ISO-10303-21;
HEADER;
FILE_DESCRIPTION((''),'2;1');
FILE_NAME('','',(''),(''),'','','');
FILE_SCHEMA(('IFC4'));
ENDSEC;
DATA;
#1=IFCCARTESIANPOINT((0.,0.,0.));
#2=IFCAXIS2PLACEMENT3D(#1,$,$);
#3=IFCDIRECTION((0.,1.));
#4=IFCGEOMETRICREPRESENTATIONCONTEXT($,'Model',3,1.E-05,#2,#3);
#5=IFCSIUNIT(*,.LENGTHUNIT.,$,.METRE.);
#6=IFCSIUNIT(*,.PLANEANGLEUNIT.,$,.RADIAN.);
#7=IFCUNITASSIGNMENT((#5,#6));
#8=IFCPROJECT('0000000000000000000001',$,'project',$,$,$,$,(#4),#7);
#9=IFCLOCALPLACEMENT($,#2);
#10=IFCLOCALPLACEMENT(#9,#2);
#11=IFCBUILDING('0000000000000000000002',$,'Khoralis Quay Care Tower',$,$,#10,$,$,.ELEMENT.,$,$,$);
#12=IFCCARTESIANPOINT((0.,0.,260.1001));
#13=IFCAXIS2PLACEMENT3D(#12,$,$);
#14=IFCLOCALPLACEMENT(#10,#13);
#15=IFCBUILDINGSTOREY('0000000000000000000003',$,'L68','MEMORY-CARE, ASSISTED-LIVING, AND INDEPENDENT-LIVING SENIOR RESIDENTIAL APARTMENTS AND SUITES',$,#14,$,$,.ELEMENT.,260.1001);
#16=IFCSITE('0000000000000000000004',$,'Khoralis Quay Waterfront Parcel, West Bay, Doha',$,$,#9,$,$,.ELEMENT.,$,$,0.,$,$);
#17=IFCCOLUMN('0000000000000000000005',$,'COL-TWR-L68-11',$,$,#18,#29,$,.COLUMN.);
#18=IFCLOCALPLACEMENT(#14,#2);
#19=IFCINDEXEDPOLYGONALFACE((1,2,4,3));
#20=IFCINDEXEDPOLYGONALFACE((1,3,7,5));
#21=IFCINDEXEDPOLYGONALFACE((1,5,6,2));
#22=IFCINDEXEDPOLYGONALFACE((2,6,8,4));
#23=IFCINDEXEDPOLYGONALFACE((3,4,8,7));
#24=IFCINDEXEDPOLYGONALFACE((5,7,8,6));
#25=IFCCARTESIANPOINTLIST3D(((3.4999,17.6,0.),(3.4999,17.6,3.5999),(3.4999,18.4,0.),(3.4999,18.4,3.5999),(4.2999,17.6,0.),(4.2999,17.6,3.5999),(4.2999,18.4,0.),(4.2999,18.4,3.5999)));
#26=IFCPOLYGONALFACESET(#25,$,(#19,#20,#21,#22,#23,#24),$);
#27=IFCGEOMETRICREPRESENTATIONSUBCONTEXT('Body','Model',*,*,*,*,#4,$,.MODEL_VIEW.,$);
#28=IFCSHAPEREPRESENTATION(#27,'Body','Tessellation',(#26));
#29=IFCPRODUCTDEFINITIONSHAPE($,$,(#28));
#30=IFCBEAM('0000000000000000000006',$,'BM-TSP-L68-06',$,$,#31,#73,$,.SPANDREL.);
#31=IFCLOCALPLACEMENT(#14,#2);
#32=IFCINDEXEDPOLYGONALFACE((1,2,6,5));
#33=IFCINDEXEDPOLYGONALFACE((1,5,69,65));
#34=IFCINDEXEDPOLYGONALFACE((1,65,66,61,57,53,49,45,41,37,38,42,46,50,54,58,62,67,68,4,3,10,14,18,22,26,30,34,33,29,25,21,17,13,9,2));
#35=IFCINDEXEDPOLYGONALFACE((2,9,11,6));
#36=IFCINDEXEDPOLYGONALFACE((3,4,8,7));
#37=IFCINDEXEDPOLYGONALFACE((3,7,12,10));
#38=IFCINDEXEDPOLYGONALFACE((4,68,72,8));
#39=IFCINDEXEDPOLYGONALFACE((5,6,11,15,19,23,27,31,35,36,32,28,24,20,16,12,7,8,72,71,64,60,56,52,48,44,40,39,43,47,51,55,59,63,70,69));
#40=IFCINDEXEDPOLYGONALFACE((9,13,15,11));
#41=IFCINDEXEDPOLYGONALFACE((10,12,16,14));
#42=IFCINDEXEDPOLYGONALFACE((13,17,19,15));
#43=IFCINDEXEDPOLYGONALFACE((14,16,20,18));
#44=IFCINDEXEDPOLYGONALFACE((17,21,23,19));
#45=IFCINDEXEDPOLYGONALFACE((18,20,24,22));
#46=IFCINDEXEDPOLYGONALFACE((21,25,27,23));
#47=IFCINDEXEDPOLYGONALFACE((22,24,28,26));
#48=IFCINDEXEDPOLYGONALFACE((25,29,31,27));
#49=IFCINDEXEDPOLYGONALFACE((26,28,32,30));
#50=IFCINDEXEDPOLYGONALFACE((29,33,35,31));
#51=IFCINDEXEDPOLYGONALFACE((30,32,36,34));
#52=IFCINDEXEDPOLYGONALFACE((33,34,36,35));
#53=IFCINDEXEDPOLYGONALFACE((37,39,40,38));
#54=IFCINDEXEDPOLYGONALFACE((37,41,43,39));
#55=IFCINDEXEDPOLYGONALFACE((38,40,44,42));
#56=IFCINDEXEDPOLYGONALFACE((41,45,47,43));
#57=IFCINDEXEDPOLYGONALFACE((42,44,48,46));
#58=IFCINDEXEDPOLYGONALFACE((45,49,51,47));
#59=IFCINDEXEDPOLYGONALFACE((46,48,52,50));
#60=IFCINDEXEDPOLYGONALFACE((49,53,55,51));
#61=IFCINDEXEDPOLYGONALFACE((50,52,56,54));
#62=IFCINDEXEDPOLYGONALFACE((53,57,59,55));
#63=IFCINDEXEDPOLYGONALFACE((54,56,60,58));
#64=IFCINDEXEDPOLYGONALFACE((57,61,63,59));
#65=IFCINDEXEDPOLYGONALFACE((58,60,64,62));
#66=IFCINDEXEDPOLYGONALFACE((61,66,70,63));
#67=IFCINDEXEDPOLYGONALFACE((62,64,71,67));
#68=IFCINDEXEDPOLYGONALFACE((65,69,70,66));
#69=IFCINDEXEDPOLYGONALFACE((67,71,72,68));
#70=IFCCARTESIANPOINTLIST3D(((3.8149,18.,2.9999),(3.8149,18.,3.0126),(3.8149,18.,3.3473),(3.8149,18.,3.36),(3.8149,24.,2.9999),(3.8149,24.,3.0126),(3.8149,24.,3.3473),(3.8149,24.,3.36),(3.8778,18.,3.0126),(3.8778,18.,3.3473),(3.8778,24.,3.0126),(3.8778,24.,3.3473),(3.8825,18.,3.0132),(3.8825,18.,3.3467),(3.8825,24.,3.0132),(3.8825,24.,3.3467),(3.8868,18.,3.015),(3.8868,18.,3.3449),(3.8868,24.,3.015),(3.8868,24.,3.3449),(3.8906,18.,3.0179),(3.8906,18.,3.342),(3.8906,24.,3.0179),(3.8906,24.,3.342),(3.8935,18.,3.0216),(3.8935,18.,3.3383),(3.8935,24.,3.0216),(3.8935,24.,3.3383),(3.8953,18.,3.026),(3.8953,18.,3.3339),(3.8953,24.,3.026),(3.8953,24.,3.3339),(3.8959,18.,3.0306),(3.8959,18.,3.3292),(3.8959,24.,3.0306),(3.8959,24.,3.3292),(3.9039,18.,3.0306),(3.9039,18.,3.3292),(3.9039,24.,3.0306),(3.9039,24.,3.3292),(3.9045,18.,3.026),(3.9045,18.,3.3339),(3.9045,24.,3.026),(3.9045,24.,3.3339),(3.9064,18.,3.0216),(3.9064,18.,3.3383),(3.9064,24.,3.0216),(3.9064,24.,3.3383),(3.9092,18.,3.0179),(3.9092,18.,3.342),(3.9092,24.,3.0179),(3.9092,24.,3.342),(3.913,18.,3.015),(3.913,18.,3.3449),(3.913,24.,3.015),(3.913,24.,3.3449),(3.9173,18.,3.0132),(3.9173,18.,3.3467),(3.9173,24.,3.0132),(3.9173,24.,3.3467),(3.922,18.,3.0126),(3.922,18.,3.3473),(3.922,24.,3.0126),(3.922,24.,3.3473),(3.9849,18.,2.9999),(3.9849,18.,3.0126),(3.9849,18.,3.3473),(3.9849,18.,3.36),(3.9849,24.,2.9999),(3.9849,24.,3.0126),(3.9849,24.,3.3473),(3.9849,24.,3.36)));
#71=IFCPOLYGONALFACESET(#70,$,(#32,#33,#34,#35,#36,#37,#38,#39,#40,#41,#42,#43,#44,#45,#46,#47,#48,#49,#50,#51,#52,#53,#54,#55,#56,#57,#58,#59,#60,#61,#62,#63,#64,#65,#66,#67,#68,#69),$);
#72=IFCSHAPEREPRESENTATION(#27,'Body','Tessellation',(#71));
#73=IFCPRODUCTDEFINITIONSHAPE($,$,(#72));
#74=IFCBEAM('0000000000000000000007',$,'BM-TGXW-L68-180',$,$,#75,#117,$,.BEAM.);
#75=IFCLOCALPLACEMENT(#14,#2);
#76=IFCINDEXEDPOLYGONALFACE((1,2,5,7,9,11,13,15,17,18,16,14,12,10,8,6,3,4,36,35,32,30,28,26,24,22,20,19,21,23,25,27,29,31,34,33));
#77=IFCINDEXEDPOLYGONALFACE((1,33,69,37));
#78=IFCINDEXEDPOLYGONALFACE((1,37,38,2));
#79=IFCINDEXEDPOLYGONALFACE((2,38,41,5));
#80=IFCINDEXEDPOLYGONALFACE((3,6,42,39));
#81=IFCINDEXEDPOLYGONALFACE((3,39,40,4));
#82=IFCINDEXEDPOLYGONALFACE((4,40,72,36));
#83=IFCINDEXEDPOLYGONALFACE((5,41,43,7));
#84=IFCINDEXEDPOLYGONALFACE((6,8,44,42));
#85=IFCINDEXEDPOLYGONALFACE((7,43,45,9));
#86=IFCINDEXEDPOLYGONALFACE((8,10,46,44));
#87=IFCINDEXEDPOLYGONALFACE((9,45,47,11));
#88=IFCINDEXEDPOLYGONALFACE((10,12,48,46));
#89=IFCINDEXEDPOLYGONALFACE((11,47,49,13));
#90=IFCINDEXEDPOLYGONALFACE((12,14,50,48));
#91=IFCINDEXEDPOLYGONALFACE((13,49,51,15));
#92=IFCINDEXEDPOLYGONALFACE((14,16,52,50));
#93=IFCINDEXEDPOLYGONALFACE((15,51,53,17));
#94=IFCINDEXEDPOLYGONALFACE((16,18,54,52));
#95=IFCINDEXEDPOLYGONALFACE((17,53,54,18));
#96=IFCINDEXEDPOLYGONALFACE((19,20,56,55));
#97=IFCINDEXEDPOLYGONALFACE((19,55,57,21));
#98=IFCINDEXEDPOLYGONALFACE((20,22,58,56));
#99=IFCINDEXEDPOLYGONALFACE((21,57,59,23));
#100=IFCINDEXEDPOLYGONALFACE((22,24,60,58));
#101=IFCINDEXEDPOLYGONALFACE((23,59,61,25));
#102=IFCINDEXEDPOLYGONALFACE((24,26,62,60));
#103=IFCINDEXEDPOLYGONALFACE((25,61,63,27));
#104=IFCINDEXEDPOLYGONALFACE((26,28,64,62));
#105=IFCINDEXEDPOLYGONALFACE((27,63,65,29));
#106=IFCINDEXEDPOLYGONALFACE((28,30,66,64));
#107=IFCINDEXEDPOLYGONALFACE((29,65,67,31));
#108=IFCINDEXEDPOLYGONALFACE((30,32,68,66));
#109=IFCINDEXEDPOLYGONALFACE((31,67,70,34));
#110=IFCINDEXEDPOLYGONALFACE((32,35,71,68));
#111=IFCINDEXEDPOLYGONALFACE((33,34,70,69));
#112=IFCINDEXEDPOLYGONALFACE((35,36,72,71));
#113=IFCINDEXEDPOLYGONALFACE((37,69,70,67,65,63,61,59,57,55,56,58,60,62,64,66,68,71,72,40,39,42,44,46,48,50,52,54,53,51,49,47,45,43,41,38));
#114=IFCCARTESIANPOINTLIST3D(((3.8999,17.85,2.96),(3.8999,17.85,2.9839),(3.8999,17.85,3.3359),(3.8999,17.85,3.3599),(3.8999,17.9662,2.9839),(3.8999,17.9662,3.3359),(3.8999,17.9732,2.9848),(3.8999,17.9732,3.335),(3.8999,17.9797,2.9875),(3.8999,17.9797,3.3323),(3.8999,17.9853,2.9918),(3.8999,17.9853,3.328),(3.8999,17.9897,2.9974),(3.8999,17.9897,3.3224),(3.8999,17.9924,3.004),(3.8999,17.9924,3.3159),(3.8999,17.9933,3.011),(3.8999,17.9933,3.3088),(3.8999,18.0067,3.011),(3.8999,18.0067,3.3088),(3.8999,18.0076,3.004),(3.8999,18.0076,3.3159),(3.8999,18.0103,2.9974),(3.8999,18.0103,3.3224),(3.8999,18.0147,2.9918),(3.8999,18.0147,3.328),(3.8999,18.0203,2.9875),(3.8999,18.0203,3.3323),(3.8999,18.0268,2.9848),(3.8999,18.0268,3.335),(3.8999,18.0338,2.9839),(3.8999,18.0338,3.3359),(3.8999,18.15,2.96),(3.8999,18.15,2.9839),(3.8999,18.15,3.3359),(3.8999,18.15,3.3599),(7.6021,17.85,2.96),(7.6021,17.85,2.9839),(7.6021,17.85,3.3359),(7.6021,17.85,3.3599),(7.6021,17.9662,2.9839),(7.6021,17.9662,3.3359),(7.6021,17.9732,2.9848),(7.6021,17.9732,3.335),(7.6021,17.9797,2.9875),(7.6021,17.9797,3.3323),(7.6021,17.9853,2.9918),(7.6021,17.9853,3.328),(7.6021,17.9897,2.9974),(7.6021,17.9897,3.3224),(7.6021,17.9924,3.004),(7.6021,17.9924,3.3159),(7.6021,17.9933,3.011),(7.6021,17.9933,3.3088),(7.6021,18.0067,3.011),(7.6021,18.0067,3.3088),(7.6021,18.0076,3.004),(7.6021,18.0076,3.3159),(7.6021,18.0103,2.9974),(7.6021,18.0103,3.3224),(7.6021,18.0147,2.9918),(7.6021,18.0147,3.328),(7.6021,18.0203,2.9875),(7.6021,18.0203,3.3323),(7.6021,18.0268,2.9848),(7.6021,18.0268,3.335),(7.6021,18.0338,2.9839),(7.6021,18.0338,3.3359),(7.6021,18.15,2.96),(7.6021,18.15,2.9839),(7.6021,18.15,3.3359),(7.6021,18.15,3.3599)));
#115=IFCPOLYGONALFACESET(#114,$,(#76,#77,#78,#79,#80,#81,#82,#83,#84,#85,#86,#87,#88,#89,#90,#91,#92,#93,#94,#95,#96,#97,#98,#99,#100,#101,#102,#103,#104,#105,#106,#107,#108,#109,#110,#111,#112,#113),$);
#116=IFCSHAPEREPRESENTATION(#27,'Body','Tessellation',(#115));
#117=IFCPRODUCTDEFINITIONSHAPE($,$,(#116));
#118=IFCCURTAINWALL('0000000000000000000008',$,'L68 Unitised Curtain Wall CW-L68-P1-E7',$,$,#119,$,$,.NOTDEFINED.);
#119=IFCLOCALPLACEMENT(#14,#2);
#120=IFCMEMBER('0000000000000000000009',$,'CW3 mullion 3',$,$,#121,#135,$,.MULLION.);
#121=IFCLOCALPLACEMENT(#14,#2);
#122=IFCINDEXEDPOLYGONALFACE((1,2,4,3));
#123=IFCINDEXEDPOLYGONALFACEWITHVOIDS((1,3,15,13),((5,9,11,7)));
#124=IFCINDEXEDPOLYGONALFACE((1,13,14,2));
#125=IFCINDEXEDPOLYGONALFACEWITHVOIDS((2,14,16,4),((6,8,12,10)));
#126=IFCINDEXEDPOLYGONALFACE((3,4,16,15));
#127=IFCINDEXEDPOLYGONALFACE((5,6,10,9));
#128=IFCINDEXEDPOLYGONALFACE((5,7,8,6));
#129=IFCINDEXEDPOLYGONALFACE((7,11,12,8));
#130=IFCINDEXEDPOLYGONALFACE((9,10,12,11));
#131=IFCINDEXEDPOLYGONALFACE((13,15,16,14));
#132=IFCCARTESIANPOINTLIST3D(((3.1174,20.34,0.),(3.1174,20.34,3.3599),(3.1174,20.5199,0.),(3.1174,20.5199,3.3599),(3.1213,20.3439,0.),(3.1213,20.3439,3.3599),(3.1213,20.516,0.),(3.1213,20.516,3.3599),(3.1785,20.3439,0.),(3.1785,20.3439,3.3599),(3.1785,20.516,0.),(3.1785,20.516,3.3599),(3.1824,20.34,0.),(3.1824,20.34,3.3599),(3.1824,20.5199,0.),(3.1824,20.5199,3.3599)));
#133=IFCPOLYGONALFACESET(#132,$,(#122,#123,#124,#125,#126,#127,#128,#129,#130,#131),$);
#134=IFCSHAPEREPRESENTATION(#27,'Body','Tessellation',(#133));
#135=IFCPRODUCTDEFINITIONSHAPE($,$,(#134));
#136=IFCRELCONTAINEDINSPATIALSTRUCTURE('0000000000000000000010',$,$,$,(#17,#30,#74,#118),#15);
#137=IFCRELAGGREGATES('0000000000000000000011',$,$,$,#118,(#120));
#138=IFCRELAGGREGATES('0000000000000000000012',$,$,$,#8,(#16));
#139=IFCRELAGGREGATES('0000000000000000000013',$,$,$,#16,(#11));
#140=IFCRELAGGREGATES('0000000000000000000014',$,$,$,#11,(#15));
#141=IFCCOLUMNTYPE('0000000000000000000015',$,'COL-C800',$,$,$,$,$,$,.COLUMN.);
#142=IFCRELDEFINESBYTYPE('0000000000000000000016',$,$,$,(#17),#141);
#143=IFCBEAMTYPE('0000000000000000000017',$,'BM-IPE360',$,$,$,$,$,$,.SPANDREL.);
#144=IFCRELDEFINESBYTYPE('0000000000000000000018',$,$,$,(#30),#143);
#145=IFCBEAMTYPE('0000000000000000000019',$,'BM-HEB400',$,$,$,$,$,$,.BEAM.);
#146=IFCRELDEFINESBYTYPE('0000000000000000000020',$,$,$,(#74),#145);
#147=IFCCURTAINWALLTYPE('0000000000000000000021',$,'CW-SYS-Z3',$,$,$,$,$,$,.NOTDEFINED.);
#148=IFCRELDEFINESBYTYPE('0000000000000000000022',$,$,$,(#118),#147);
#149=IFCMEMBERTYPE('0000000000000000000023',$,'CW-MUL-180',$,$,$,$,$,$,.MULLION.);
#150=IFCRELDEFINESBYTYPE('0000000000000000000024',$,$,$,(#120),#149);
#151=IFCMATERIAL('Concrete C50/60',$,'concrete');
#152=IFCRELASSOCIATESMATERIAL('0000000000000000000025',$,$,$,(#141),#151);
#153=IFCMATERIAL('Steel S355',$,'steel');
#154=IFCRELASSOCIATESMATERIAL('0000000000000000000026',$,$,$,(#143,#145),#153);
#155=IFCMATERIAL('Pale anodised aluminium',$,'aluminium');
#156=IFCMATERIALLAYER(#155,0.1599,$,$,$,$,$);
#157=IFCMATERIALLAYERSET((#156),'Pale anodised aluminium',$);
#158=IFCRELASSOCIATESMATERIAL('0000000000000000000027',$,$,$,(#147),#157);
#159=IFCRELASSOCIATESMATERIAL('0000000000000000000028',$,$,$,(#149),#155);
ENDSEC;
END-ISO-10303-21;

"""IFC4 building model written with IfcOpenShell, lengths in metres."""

from ifc_helpers import new_model, si_unit, direction, frame, origin, origin_2d, place, context, subcontext, project, spatial, rectangle, hollow_rectangle, i_section, extrude, source, transform, mapped, material, layer, layer_set, material_profile, profile_set, type_object, element, aggregate, save


model = new_model("IFC4")

# Units and contexts
model_context = context("Model", 3, precision=1e-05, world=origin(), true_north=direction((0.0, 1.0)))
body_context = subcontext(model_context, "Body", "Model", "MODEL_VIEW")
ifc_project = project(units=[si_unit("LENGTHUNIT", "METRE"), si_unit("PLANEANGLEUNIT", "RADIAN")], contexts=[model_context])

# Site, building, storey
site_placement = place(None, origin())
site = spatial("IfcSite", under=ifc_project, at=site_placement, Name="Khoralis Quay Waterfront Parcel, West Bay, Doha", CompositionType="ELEMENT", RefElevation=0.0)
building_placement = place(site_placement, origin())
building = spatial("IfcBuilding", under=site, at=building_placement, Name="Khoralis Quay Care Tower", CompositionType="ELEMENT")
storey_placement = place(building_placement, frame((0.0, 0.0, 260.1001)))
storey = spatial("IfcBuildingStorey", under=building, at=storey_placement, Name="L68", Description="MEMORY-CARE, ASSISTED-LIVING, AND INDEPENDENT-LIVING SENIOR RESIDENTIAL APARTMENTS AND SUITES", CompositionType="ELEMENT", Elevation=260.1001)

# Column
ifc_material_1 = material(Name="Concrete C50/60", Category="concrete")
ifc_material_profile_1 = material_profile(ifc_material_1, rectangle(XDim=0.8, YDim=0.8, at=origin_2d()), Name="Concrete C50/60")
ifc_profile_set_1 = profile_set([ifc_material_profile_1], Name="Concrete C50/60")
column_type = type_object("IfcColumnType", Name="COL-C800", PredefinedType="COLUMN", material=ifc_profile_set_1)
shared_shape_1 = source(origin(), body_context, "Body", "SweptSolid", [
    extrude(rectangle(XDim=0.8, YDim=0.8, at=origin_2d()), origin(), (0.0, 0.0, 1.0), 3.5999),
])
column_placement = place(storey_placement, frame((3.8999, 18.0, 0.0), z_axis=(0.0, 0.0, 1.0), x_axis=(1.0, 0.0, 0.0)))
element("IfcColumn", 1, at=column_placement, inside=storey, type_object=column_type, Name="COL-TWR-L68-11", PredefinedType="COLUMN", context=body_context, shape_type="MappedRepresentation", body=[
    mapped(shared_shape_1, transform((0.0, 0.0, 0.0), scale=1.0)),
])

# Beams
ifc_material_2 = material(Name="Steel S355", Category="steel")
ifc_material_profile_2 = material_profile(ifc_material_2, i_section(OverallWidth=0.1699, OverallDepth=0.3601, WebThickness=0.0081, FlangeThickness=0.0127, FilletRadius=0.0181, at=origin_2d()), Name="Steel S355")
ifc_profile_set_2 = profile_set([ifc_material_profile_2], Name="Steel S355")
beam_type_1 = type_object("IfcBeamType", Name="BM-IPE360", PredefinedType="SPANDREL", material=ifc_profile_set_2)
shared_shape_2 = source(origin(), body_context, "Body", "SweptSolid", [
    extrude(i_section(OverallWidth=0.1699, OverallDepth=0.3601, WebThickness=0.0081, FlangeThickness=0.0127, FilletRadius=0.0181, at=origin_2d()), origin(), (0.0, 0.0, 1.0), 6.0),
])
beam_1_placement = place(storey_placement, frame((3.8999, 18.0, 3.1799), z_axis=(0.0, 1.0, 0.0), x_axis=(-1.0, 0.0, 0.0)))
element("IfcBeam", 2, at=beam_1_placement, inside=storey, type_object=beam_type_1, Name="BM-TSP-L68-06", PredefinedType="SPANDREL", context=body_context, shape_type="MappedRepresentation", body=[
    mapped(shared_shape_2, transform((0.0, 0.0, 0.0), scale=1.0)),
])
ifc_material_profile_3 = material_profile(ifc_material_2, i_section(OverallWidth=0.3, OverallDepth=0.3999, WebThickness=0.0134, FlangeThickness=0.0239, FilletRadius=0.0271, at=origin_2d()), Name="Steel S355")
ifc_profile_set_3 = profile_set([ifc_material_profile_3], Name="Steel S355")
beam_type_2 = type_object("IfcBeamType", Name="BM-HEB400", PredefinedType="BEAM", material=ifc_profile_set_3)
shared_shape_3 = source(origin(), body_context, "Body", "SweptSolid", [
    extrude(i_section(OverallWidth=0.3, OverallDepth=0.3999, WebThickness=0.0134, FlangeThickness=0.0239, FilletRadius=0.0271, at=origin_2d()), origin(), (0.0, 0.0, 1.0), 3.7021),
])
beam_2_placement = place(storey_placement, frame((3.8999, 18.0, 3.1599), z_axis=(1.0, 0.0, 0.0), x_axis=(0.0, 1.0, 0.0)))
element("IfcBeam", 3, at=beam_2_placement, inside=storey, type_object=beam_type_2, Name="BM-TGXW-L68-180", PredefinedType="BEAM", context=body_context, shape_type="MappedRepresentation", body=[
    mapped(shared_shape_3, transform((0.0, 0.0, 0.0), scale=1.0)),
])

# Curtain wall, member
ifc_material_3 = material(Name="Pale anodised aluminium", Category="aluminium")
ifc_layer_1 = layer(ifc_material_3, 0.1599)
ifc_layer_set_1 = layer_set([ifc_layer_1], Name="Pale anodised aluminium")
curtain_wall_type = type_object("IfcCurtainWallType", Name="CW-SYS-Z3", PredefinedType="NOTDEFINED", material=ifc_layer_set_1)
curtain_wall_placement = place(storey_placement, origin())
curtain_wall = element("IfcCurtainWall", 4, at=curtain_wall_placement, inside=storey, type_object=curtain_wall_type, Name="L68 Unitised Curtain Wall CW-L68-P1-E7", PredefinedType="NOTDEFINED")
ifc_material_profile_4 = material_profile(ifc_material_3, hollow_rectangle(XDim=0.0649, YDim=0.1799, WallThickness=0.0039, at=origin_2d()), Name="Pale anodised aluminium")
ifc_profile_set_4 = profile_set([ifc_material_profile_4], Name="Pale anodised aluminium")
member_type = type_object("IfcMemberType", Name="CW-MUL-180", PredefinedType="MULLION", material=ifc_profile_set_4)
shared_shape_4 = source(origin(), body_context, "Body", "SweptSolid", [
    extrude(hollow_rectangle(XDim=0.0649, YDim=0.1799, WallThickness=0.0039, at=origin_2d()), origin(), (0.0, 0.0, 1.0), 3.3599),
])
member_placement = place(storey_placement, frame((3.1499, 20.4299, 0.0), z_axis=(0.0, 0.0, 1.0), x_axis=(1.0, 0.0, 0.0)))
member = element("IfcMember", 5, at=member_placement, type_object=member_type, Name="CW3 mullion 3", PredefinedType="MULLION", context=body_context, shape_type="MappedRepresentation", body=[
    mapped(shared_shape_4, transform((0.0, 0.0, 0.0), scale=1.0)),
])
aggregate(curtain_wall, [member])

save(model, "model.ifc")
